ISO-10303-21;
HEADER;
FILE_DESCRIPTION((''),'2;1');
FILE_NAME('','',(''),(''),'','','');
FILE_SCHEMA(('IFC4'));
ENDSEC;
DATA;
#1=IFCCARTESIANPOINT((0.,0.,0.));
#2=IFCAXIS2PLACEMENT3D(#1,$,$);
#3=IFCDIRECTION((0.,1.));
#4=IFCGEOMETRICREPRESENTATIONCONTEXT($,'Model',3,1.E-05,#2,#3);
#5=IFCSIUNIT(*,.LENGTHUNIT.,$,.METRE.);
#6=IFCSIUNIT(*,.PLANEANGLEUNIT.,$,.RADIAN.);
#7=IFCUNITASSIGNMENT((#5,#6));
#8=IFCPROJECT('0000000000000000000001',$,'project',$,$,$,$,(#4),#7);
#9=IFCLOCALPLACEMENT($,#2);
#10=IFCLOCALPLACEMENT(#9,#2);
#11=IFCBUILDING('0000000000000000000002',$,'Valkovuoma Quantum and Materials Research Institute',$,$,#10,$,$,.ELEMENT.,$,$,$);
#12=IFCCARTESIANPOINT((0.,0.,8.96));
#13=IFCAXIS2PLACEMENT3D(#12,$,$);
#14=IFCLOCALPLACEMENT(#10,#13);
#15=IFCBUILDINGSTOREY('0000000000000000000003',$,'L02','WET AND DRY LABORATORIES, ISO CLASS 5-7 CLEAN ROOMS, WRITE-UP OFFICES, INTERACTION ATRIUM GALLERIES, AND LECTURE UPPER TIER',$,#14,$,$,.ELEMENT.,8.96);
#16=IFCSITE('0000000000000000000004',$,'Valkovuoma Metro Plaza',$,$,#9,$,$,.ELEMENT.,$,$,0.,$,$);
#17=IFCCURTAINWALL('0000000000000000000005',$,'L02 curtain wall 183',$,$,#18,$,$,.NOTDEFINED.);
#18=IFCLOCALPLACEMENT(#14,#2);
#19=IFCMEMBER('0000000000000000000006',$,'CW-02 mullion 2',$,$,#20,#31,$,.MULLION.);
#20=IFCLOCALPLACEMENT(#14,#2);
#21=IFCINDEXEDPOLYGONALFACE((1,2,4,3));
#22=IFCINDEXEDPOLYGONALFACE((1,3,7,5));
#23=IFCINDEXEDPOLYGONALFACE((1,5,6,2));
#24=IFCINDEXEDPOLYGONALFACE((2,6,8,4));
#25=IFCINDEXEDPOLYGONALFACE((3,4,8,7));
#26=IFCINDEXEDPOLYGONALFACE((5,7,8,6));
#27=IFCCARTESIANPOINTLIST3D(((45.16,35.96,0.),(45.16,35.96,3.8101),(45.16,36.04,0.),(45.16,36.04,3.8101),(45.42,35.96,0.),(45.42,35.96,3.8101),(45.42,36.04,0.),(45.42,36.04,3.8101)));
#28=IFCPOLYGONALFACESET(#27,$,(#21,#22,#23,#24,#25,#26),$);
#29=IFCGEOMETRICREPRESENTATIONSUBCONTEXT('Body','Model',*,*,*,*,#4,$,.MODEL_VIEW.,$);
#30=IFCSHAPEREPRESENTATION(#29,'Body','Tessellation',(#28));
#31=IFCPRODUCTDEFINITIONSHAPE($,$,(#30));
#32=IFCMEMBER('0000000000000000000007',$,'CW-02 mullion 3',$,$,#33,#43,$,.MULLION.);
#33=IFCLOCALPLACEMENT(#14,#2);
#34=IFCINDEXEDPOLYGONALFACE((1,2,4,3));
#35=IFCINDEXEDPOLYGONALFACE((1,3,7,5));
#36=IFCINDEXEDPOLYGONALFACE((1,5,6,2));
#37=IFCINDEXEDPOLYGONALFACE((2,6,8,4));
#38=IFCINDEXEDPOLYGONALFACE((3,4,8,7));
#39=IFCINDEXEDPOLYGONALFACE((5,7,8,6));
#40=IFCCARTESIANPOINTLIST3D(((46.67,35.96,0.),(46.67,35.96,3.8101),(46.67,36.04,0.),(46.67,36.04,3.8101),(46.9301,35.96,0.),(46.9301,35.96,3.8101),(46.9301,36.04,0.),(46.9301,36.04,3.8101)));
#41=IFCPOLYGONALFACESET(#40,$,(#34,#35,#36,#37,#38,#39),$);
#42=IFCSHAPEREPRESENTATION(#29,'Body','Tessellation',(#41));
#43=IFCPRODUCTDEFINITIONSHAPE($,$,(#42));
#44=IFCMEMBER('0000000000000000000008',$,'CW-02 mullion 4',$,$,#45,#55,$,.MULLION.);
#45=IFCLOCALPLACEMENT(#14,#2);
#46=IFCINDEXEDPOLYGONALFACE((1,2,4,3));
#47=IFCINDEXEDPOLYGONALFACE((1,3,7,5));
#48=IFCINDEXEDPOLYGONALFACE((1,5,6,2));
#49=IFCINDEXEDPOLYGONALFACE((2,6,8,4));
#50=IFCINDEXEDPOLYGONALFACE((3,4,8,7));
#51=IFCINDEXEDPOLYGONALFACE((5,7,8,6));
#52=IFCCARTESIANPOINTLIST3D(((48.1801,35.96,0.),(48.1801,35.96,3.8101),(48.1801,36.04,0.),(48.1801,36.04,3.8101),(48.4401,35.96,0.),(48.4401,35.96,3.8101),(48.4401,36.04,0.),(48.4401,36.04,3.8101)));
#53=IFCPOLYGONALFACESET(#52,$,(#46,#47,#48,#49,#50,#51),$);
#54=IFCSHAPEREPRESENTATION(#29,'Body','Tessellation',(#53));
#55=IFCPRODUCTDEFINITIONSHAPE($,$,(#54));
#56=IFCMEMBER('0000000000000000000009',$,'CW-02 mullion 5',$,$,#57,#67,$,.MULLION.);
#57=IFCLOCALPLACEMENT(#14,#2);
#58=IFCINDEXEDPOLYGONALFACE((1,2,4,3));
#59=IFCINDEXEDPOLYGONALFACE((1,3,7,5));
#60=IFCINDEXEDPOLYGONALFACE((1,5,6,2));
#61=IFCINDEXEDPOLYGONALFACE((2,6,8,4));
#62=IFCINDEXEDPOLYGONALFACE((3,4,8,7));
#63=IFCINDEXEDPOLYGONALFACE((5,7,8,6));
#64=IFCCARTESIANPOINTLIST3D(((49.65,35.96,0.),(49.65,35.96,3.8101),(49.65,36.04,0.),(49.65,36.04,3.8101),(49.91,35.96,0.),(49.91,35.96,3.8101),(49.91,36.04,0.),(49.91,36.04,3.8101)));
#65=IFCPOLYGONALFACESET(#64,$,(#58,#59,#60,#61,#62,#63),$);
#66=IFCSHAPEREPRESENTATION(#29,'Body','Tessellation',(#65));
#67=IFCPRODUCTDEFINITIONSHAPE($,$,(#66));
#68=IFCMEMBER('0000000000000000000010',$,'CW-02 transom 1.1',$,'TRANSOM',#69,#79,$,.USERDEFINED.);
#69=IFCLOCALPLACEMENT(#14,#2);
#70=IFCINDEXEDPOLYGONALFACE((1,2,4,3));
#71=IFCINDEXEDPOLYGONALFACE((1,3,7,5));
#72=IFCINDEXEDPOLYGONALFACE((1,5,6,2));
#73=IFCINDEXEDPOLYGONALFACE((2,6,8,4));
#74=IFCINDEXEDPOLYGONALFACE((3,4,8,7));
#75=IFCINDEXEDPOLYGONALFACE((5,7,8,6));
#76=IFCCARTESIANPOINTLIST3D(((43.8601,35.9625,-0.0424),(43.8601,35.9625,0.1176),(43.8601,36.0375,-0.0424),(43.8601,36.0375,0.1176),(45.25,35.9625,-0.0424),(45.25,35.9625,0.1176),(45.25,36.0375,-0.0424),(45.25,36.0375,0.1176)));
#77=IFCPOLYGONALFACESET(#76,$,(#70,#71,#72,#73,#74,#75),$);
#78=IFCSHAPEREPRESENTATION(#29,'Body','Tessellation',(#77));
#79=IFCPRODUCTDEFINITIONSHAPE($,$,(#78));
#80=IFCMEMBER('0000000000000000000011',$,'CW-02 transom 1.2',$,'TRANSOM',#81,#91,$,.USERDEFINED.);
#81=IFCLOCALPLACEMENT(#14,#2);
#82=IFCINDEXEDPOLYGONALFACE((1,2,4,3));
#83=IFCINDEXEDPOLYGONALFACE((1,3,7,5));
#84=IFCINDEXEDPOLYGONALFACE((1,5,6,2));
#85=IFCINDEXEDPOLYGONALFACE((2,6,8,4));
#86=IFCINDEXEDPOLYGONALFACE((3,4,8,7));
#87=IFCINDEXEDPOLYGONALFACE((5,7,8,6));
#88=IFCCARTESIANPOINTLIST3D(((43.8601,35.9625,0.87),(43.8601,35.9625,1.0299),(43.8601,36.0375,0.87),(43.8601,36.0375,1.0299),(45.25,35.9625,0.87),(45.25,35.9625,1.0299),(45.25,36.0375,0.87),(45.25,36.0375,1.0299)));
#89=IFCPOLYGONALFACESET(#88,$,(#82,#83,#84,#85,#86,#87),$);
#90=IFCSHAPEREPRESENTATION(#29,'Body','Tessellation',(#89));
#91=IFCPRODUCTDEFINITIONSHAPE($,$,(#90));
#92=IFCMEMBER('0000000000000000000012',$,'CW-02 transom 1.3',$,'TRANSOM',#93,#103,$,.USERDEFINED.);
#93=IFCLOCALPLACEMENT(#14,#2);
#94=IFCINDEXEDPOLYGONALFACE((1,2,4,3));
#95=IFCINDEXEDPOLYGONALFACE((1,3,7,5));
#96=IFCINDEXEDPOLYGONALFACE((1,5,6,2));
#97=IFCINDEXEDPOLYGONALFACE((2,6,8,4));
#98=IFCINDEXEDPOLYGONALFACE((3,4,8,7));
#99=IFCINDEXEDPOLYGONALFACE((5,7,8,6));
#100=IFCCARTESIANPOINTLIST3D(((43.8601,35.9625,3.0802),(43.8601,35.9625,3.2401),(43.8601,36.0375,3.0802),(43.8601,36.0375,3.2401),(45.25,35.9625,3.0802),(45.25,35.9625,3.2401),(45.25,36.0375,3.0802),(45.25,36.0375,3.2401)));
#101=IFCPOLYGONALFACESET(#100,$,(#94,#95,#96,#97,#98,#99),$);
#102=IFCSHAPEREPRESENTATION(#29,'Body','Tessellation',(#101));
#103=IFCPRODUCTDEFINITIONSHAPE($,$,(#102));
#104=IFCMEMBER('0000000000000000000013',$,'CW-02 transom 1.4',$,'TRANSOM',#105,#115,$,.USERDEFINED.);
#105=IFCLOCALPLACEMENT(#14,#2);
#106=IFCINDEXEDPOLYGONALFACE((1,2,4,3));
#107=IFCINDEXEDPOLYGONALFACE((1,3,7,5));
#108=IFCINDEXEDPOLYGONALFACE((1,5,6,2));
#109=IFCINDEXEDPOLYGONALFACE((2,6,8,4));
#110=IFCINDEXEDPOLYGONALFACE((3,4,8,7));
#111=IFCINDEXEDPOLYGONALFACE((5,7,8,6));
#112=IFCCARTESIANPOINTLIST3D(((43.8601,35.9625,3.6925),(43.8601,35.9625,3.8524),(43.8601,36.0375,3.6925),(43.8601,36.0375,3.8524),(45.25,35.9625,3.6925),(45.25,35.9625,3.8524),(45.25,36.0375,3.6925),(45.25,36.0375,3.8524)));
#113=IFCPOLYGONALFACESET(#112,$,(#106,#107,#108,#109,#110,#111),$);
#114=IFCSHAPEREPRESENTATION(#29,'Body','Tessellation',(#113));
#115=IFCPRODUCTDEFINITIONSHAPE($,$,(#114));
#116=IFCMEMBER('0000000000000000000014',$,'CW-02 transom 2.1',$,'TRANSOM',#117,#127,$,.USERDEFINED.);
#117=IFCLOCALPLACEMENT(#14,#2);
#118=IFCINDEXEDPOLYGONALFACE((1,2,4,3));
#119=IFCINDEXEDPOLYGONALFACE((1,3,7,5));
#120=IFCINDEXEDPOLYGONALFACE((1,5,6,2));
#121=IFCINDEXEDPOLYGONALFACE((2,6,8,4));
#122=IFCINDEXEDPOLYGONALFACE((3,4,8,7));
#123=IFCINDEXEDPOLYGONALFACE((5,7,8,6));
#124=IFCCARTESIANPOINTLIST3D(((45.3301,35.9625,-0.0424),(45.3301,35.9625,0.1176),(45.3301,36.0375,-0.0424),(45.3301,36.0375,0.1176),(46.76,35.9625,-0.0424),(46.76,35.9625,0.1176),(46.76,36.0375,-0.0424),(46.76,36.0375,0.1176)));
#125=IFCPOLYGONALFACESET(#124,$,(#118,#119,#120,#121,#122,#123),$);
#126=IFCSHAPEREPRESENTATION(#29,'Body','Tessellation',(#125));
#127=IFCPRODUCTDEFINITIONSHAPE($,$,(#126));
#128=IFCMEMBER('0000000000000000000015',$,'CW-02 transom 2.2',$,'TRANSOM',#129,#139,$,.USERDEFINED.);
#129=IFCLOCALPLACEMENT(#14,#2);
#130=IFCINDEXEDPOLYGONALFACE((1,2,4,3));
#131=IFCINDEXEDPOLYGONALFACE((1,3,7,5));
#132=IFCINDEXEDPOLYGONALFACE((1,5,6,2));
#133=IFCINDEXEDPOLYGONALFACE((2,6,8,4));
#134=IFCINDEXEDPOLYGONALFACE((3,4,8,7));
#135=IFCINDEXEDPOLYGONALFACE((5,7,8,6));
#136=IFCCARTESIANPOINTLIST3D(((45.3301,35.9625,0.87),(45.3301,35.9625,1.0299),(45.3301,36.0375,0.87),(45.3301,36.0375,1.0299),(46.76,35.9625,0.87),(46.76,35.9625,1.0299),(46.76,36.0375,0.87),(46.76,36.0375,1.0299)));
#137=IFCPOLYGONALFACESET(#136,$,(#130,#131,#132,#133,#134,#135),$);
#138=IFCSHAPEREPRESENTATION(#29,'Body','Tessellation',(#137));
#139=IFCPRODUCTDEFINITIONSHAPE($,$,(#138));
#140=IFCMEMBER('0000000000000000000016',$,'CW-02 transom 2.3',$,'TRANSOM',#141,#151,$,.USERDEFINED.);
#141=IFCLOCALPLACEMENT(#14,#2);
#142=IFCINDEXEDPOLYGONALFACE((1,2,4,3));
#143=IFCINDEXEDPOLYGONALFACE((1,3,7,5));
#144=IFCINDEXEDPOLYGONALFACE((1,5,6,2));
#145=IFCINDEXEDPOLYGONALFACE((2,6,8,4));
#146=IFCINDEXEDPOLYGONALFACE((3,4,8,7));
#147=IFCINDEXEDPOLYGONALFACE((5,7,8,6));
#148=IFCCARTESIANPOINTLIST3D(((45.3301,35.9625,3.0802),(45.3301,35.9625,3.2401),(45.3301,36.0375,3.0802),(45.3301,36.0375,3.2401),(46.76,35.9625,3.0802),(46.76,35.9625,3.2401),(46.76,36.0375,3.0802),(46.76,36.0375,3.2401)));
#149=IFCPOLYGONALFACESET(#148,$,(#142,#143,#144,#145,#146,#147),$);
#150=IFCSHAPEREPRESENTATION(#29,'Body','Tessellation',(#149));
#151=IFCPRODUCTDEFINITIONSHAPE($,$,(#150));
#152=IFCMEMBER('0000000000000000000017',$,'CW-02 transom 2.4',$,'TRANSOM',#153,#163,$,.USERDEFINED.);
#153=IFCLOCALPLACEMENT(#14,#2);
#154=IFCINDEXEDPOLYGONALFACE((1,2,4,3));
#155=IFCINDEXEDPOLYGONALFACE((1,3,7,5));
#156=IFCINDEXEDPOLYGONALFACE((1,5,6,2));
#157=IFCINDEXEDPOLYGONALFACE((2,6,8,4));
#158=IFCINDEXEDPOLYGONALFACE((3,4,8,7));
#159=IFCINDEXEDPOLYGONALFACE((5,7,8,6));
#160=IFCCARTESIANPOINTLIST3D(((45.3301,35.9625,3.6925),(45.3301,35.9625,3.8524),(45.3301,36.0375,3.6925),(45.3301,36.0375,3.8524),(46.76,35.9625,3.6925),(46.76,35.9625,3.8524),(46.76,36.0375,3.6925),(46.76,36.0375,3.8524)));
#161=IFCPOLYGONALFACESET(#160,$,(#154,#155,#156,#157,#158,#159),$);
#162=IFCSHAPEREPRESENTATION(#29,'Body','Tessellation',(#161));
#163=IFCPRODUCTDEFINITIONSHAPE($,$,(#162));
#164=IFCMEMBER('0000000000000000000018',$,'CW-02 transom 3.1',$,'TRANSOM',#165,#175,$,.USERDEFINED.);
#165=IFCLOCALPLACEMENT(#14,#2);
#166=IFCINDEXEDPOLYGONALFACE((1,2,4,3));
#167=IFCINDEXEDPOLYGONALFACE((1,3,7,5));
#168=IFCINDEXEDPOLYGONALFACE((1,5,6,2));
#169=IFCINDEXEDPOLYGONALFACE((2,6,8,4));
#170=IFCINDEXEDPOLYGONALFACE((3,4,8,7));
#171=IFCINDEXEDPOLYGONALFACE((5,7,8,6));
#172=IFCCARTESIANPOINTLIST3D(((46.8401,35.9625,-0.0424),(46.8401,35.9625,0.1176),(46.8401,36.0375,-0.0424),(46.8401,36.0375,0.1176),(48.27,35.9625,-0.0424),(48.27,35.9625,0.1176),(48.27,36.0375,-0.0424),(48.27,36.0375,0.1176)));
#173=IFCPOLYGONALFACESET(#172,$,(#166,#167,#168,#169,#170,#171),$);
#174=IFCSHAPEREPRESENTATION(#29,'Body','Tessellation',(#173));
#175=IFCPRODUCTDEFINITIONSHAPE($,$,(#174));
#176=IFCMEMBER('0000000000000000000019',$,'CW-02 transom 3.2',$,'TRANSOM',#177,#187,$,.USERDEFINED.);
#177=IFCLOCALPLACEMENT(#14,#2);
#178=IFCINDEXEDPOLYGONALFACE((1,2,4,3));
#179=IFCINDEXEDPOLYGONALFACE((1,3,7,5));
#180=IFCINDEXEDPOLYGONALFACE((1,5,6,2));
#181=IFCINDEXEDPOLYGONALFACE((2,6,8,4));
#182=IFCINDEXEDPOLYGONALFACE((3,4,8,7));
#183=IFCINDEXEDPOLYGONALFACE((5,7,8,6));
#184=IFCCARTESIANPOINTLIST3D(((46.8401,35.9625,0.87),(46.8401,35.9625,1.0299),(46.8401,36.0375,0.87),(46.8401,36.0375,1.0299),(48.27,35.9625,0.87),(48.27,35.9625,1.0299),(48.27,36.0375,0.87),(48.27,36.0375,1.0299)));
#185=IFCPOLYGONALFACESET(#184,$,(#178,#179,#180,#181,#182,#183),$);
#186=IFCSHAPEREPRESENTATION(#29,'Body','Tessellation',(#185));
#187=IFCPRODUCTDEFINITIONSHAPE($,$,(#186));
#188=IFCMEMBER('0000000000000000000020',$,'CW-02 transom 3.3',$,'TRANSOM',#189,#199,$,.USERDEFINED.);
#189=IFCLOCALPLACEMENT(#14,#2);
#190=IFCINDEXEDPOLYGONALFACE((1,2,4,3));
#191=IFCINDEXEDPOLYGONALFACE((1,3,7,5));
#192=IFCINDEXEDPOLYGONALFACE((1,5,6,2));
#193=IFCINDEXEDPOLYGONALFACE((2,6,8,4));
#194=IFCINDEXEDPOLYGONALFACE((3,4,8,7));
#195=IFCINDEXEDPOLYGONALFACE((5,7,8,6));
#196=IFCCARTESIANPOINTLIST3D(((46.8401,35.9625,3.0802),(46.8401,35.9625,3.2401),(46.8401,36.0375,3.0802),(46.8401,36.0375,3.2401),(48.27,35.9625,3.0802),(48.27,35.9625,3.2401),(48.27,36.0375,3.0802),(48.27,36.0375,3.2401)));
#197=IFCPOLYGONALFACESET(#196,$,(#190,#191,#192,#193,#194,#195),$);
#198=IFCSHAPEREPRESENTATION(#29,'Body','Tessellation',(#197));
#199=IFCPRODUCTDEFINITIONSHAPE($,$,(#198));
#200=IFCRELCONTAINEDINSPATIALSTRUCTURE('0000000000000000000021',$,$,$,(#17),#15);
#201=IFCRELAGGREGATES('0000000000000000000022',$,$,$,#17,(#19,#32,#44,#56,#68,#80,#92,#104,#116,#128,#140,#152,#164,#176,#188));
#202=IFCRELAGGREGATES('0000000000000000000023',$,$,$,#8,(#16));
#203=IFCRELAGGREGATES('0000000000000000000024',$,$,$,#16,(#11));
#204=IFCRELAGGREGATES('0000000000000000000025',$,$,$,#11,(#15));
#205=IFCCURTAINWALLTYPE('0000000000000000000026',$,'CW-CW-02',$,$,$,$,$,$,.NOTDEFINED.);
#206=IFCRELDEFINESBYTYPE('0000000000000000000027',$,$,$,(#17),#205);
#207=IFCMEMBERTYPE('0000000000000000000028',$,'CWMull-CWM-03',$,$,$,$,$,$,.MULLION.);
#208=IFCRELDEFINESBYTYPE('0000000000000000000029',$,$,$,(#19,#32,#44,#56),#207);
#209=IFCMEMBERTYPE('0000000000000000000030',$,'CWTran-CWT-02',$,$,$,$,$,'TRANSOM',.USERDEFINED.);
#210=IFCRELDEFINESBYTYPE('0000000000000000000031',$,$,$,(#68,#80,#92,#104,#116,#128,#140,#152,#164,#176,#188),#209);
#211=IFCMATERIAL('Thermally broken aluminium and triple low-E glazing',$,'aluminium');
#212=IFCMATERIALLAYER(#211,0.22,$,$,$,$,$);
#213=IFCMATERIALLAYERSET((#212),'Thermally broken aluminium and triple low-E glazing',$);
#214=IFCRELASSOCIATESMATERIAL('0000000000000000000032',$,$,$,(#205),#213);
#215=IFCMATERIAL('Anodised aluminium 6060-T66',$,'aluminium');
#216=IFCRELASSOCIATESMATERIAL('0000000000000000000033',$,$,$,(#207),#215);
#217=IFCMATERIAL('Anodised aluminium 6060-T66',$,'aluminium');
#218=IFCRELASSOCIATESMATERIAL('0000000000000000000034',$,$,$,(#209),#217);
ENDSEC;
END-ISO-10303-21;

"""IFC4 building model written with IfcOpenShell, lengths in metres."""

from ifc_helpers import new_model, si_unit, direction, frame, origin, origin_2d, place, context, subcontext, project, spatial, rectangle, extrude, material, layer, layer_set, material_profile, profile_set, type_object, element, aggregate, save


model = new_model("IFC4")

# Units and contexts
model_context = context("Model", 3, precision=1e-05, world=origin(), true_north=direction((0.0, 1.0)))
body_context = subcontext(model_context, "Body", "Model", "MODEL_VIEW")
ifc_project = project(units=[si_unit("LENGTHUNIT", "METRE"), si_unit("PLANEANGLEUNIT", "RADIAN")], contexts=[model_context])

# Site, building, storey
site_placement = place(None, origin())
site = spatial("IfcSite", under=ifc_project, at=site_placement, Name="Valkovuoma Metro Plaza", CompositionType="ELEMENT", RefElevation=0.0)
building_placement = place(site_placement, origin())
building = spatial("IfcBuilding", under=site, at=building_placement, Name="Valkovuoma Quantum and Materials Research Institute", CompositionType="ELEMENT")
storey_placement = place(building_placement, frame((0.0, 0.0, 8.96)))
storey = spatial("IfcBuildingStorey", under=building, at=storey_placement, Name="L02", Description="WET AND DRY LABORATORIES, ISO CLASS 5-7 CLEAN ROOMS, WRITE-UP OFFICES, INTERACTION ATRIUM GALLERIES, AND LECTURE UPPER TIER", CompositionType="ELEMENT", Elevation=8.96)

# Curtain wall, members
ifc_material_1 = material(Name="Thermally broken aluminium and triple low-E glazing", Category="aluminium")
ifc_layer_1 = layer(ifc_material_1, 0.22)
ifc_layer_set_1 = layer_set([ifc_layer_1], Name="Thermally broken aluminium and triple low-E glazing")
curtain_wall_type = type_object("IfcCurtainWallType", Name="CW-CW-02", PredefinedType="NOTDEFINED", material=ifc_layer_set_1)
curtain_wall_placement = place(storey_placement, origin())
curtain_wall = element("IfcCurtainWall", 1, at=curtain_wall_placement, inside=storey, type_object=curtain_wall_type, Name="L02 curtain wall 183", PredefinedType="NOTDEFINED")
ifc_material_2 = material(Name="Anodised aluminium 6060-T66", Category="aluminium")
ifc_material_profile_1 = material_profile(ifc_material_2, rectangle(XDim=0.0801, YDim=0.26, at=origin_2d()), Name="Anodised aluminium 6060-T66")
ifc_profile_set_1 = profile_set([ifc_material_profile_1], Name="Anodised aluminium 6060-T66")
member_type_1 = type_object("IfcMemberType", Name="CWMull-CWM-03", PredefinedType="MULLION", material=ifc_profile_set_1)
member_1_placement = place(storey_placement, frame((45.29, 36.0, 0.0), z_axis=(0.0, 0.0, 1.0), x_axis=(0.0, 1.0, 0.0)))
member_1 = element("IfcMember", 2, at=member_1_placement, type_object=member_type_1, Name="CW-02 mullion 2", PredefinedType="MULLION", context=body_context, shape_type="SweptSolid", body=[
    extrude(rectangle(XDim=0.0801, YDim=0.26, at=origin_2d()), origin(), (0.0, 0.0, 1.0), 3.8101),
])
member_2_placement = place(storey_placement, frame((46.8, 36.0, 0.0), z_axis=(0.0, 0.0, 1.0), x_axis=(0.0, 1.0, 0.0)))
member_2 = element("IfcMember", 3, at=member_2_placement, type_object=member_type_1, Name="CW-02 mullion 3", PredefinedType="MULLION", context=body_context, shape_type="SweptSolid", body=[
    extrude(rectangle(XDim=0.0801, YDim=0.26, at=origin_2d()), origin(), (0.0, 0.0, 1.0), 3.8101),
])
member_3_placement = place(storey_placement, frame((48.3101, 36.0, 0.0), z_axis=(0.0, 0.0, 1.0), x_axis=(0.0, 1.0, 0.0)))
member_3 = element("IfcMember", 4, at=member_3_placement, type_object=member_type_1, Name="CW-02 mullion 4", PredefinedType="MULLION", context=body_context, shape_type="SweptSolid", body=[
    extrude(rectangle(XDim=0.0801, YDim=0.26, at=origin_2d()), origin(), (0.0, 0.0, 1.0), 3.8101),
])
member_4_placement = place(storey_placement, frame((49.78, 36.0, 0.0), z_axis=(0.0, 0.0, 1.0), x_axis=(0.0, 1.0, 0.0)))
member_4 = element("IfcMember", 5, at=member_4_placement, type_object=member_type_1, Name="CW-02 mullion 5", PredefinedType="MULLION", context=body_context, shape_type="SweptSolid", body=[
    extrude(rectangle(XDim=0.0801, YDim=0.26, at=origin_2d()), origin(), (0.0, 0.0, 1.0), 3.8101),
])
ifc_material_3 = material(Name="Anodised aluminium 6060-T66", Category="aluminium")
ifc_material_profile_2 = material_profile(ifc_material_3, rectangle(XDim=0.075, YDim=0.1599, at=origin_2d()), Name="Anodised aluminium 6060-T66")
ifc_profile_set_2 = profile_set([ifc_material_profile_2], Name="Anodised aluminium 6060-T66")
member_type_2 = type_object("IfcMemberType", Name="CWTran-CWT-02", ElementType="TRANSOM", PredefinedType="USERDEFINED", material=ifc_profile_set_2)
member_5_placement = place(storey_placement, frame((43.8601, 36.0, 0.0376), z_axis=(1.0, 0.0, 0.0), x_axis=(0.0, 1.0, 0.0)))
member_5 = element("IfcMember", 6, at=member_5_placement, type_object=member_type_2, Name="CW-02 transom 1.1", ObjectType="TRANSOM", PredefinedType="USERDEFINED", context=body_context, shape_type="SweptSolid", body=[
    extrude(rectangle(XDim=0.075, YDim=0.1599, at=origin_2d()), origin(), (0.0, 0.0, 1.0), 1.3899),
])
member_6_placement = place(storey_placement, frame((43.8601, 36.0, 0.95), z_axis=(1.0, 0.0, 0.0), x_axis=(0.0, 1.0, 0.0)))
member_6 = element("IfcMember", 7, at=member_6_placement, type_object=member_type_2, Name="CW-02 transom 1.2", ObjectType="TRANSOM", PredefinedType="USERDEFINED", context=body_context, shape_type="SweptSolid", body=[
    extrude(rectangle(XDim=0.075, YDim=0.1599, at=origin_2d()), origin(), (0.0, 0.0, 1.0), 1.3899),
])
member_7_placement = place(storey_placement, frame((43.8601, 36.0, 3.1602), z_axis=(1.0, 0.0, 0.0), x_axis=(0.0, 1.0, 0.0)))
member_7 = element("IfcMember", 8, at=member_7_placement, type_object=member_type_2, Name="CW-02 transom 1.3", ObjectType="TRANSOM", PredefinedType="USERDEFINED", context=body_context, shape_type="SweptSolid", body=[
    extrude(rectangle(XDim=0.075, YDim=0.1599, at=origin_2d()), origin(), (0.0, 0.0, 1.0), 1.3899),
])
member_8_placement = place(storey_placement, frame((43.8601, 36.0, 3.7725), z_axis=(1.0, 0.0, 0.0), x_axis=(0.0, 1.0, 0.0)))
member_8 = element("IfcMember", 9, at=member_8_placement, type_object=member_type_2, Name="CW-02 transom 1.4", ObjectType="TRANSOM", PredefinedType="USERDEFINED", context=body_context, shape_type="SweptSolid", body=[
    extrude(rectangle(XDim=0.075, YDim=0.1599, at=origin_2d()), origin(), (0.0, 0.0, 1.0), 1.3899),
])
member_9_placement = place(storey_placement, frame((45.3301, 36.0, 0.0376), z_axis=(1.0, 0.0, 0.0), x_axis=(0.0, 1.0, 0.0)))
member_9 = element("IfcMember", 10, at=member_9_placement, type_object=member_type_2, Name="CW-02 transom 2.1", ObjectType="TRANSOM", PredefinedType="USERDEFINED", context=body_context, shape_type="SweptSolid", body=[
    extrude(rectangle(XDim=0.075, YDim=0.1599, at=origin_2d()), origin(), (0.0, 0.0, 1.0), 1.4299),
])
member_10_placement = place(storey_placement, frame((45.3301, 36.0, 0.95), z_axis=(1.0, 0.0, 0.0), x_axis=(0.0, 1.0, 0.0)))
member_10 = element("IfcMember", 11, at=member_10_placement, type_object=member_type_2, Name="CW-02 transom 2.2", ObjectType="TRANSOM", PredefinedType="USERDEFINED", context=body_context, shape_type="SweptSolid", body=[
    extrude(rectangle(XDim=0.075, YDim=0.1599, at=origin_2d()), origin(), (0.0, 0.0, 1.0), 1.4299),
])
member_11_placement = place(storey_placement, frame((45.3301, 36.0, 3.1602), z_axis=(1.0, 0.0, 0.0), x_axis=(0.0, 1.0, 0.0)))
member_11 = element("IfcMember", 12, at=member_11_placement, type_object=member_type_2, Name="CW-02 transom 2.3", ObjectType="TRANSOM", PredefinedType="USERDEFINED", context=body_context, shape_type="SweptSolid", body=[
    extrude(rectangle(XDim=0.075, YDim=0.1599, at=origin_2d()), origin(), (0.0, 0.0, 1.0), 1.4299),
])
member_12_placement = place(storey_placement, frame((45.3301, 36.0, 3.7725), z_axis=(1.0, 0.0, 0.0), x_axis=(0.0, 1.0, 0.0)))
member_12 = element("IfcMember", 13, at=member_12_placement, type_object=member_type_2, Name="CW-02 transom 2.4", ObjectType="TRANSOM", PredefinedType="USERDEFINED", context=body_context, shape_type="SweptSolid", body=[
    extrude(rectangle(XDim=0.075, YDim=0.1599, at=origin_2d()), origin(), (0.0, 0.0, 1.0), 1.4299),
])
member_13_placement = place(storey_placement, frame((46.8401, 36.0, 0.0376), z_axis=(1.0, 0.0, 0.0), x_axis=(0.0, 1.0, 0.0)))
member_13 = element("IfcMember", 14, at=member_13_placement, type_object=member_type_2, Name="CW-02 transom 3.1", ObjectType="TRANSOM", PredefinedType="USERDEFINED", context=body_context, shape_type="SweptSolid", body=[
    extrude(rectangle(XDim=0.075, YDim=0.1599, at=origin_2d()), origin(), (0.0, 0.0, 1.0), 1.4299),
])
member_14_placement = place(storey_placement, frame((46.8401, 36.0, 0.95), z_axis=(1.0, 0.0, 0.0), x_axis=(0.0, 1.0, 0.0)))
member_14 = element("IfcMember", 15, at=member_14_placement, type_object=member_type_2, Name="CW-02 transom 3.2", ObjectType="TRANSOM", PredefinedType="USERDEFINED", context=body_context, shape_type="SweptSolid", body=[
    extrude(rectangle(XDim=0.075, YDim=0.1599, at=origin_2d()), origin(), (0.0, 0.0, 1.0), 1.4299),
])
member_15_placement = place(storey_placement, frame((46.8401, 36.0, 3.1602), z_axis=(1.0, 0.0, 0.0), x_axis=(0.0, 1.0, 0.0)))
member_15 = element("IfcMember", 16, at=member_15_placement, type_object=member_type_2, Name="CW-02 transom 3.3", ObjectType="TRANSOM", PredefinedType="USERDEFINED", context=body_context, shape_type="SweptSolid", body=[
    extrude(rectangle(XDim=0.075, YDim=0.1599, at=origin_2d()), origin(), (0.0, 0.0, 1.0), 1.4299),
])
aggregate(curtain_wall, [member_1, member_2, member_3, member_4, member_5, member_6, member_7, member_8, member_9, member_10, member_11, member_12, member_13, member_14, member_15])

save(model, "model.ifc")
